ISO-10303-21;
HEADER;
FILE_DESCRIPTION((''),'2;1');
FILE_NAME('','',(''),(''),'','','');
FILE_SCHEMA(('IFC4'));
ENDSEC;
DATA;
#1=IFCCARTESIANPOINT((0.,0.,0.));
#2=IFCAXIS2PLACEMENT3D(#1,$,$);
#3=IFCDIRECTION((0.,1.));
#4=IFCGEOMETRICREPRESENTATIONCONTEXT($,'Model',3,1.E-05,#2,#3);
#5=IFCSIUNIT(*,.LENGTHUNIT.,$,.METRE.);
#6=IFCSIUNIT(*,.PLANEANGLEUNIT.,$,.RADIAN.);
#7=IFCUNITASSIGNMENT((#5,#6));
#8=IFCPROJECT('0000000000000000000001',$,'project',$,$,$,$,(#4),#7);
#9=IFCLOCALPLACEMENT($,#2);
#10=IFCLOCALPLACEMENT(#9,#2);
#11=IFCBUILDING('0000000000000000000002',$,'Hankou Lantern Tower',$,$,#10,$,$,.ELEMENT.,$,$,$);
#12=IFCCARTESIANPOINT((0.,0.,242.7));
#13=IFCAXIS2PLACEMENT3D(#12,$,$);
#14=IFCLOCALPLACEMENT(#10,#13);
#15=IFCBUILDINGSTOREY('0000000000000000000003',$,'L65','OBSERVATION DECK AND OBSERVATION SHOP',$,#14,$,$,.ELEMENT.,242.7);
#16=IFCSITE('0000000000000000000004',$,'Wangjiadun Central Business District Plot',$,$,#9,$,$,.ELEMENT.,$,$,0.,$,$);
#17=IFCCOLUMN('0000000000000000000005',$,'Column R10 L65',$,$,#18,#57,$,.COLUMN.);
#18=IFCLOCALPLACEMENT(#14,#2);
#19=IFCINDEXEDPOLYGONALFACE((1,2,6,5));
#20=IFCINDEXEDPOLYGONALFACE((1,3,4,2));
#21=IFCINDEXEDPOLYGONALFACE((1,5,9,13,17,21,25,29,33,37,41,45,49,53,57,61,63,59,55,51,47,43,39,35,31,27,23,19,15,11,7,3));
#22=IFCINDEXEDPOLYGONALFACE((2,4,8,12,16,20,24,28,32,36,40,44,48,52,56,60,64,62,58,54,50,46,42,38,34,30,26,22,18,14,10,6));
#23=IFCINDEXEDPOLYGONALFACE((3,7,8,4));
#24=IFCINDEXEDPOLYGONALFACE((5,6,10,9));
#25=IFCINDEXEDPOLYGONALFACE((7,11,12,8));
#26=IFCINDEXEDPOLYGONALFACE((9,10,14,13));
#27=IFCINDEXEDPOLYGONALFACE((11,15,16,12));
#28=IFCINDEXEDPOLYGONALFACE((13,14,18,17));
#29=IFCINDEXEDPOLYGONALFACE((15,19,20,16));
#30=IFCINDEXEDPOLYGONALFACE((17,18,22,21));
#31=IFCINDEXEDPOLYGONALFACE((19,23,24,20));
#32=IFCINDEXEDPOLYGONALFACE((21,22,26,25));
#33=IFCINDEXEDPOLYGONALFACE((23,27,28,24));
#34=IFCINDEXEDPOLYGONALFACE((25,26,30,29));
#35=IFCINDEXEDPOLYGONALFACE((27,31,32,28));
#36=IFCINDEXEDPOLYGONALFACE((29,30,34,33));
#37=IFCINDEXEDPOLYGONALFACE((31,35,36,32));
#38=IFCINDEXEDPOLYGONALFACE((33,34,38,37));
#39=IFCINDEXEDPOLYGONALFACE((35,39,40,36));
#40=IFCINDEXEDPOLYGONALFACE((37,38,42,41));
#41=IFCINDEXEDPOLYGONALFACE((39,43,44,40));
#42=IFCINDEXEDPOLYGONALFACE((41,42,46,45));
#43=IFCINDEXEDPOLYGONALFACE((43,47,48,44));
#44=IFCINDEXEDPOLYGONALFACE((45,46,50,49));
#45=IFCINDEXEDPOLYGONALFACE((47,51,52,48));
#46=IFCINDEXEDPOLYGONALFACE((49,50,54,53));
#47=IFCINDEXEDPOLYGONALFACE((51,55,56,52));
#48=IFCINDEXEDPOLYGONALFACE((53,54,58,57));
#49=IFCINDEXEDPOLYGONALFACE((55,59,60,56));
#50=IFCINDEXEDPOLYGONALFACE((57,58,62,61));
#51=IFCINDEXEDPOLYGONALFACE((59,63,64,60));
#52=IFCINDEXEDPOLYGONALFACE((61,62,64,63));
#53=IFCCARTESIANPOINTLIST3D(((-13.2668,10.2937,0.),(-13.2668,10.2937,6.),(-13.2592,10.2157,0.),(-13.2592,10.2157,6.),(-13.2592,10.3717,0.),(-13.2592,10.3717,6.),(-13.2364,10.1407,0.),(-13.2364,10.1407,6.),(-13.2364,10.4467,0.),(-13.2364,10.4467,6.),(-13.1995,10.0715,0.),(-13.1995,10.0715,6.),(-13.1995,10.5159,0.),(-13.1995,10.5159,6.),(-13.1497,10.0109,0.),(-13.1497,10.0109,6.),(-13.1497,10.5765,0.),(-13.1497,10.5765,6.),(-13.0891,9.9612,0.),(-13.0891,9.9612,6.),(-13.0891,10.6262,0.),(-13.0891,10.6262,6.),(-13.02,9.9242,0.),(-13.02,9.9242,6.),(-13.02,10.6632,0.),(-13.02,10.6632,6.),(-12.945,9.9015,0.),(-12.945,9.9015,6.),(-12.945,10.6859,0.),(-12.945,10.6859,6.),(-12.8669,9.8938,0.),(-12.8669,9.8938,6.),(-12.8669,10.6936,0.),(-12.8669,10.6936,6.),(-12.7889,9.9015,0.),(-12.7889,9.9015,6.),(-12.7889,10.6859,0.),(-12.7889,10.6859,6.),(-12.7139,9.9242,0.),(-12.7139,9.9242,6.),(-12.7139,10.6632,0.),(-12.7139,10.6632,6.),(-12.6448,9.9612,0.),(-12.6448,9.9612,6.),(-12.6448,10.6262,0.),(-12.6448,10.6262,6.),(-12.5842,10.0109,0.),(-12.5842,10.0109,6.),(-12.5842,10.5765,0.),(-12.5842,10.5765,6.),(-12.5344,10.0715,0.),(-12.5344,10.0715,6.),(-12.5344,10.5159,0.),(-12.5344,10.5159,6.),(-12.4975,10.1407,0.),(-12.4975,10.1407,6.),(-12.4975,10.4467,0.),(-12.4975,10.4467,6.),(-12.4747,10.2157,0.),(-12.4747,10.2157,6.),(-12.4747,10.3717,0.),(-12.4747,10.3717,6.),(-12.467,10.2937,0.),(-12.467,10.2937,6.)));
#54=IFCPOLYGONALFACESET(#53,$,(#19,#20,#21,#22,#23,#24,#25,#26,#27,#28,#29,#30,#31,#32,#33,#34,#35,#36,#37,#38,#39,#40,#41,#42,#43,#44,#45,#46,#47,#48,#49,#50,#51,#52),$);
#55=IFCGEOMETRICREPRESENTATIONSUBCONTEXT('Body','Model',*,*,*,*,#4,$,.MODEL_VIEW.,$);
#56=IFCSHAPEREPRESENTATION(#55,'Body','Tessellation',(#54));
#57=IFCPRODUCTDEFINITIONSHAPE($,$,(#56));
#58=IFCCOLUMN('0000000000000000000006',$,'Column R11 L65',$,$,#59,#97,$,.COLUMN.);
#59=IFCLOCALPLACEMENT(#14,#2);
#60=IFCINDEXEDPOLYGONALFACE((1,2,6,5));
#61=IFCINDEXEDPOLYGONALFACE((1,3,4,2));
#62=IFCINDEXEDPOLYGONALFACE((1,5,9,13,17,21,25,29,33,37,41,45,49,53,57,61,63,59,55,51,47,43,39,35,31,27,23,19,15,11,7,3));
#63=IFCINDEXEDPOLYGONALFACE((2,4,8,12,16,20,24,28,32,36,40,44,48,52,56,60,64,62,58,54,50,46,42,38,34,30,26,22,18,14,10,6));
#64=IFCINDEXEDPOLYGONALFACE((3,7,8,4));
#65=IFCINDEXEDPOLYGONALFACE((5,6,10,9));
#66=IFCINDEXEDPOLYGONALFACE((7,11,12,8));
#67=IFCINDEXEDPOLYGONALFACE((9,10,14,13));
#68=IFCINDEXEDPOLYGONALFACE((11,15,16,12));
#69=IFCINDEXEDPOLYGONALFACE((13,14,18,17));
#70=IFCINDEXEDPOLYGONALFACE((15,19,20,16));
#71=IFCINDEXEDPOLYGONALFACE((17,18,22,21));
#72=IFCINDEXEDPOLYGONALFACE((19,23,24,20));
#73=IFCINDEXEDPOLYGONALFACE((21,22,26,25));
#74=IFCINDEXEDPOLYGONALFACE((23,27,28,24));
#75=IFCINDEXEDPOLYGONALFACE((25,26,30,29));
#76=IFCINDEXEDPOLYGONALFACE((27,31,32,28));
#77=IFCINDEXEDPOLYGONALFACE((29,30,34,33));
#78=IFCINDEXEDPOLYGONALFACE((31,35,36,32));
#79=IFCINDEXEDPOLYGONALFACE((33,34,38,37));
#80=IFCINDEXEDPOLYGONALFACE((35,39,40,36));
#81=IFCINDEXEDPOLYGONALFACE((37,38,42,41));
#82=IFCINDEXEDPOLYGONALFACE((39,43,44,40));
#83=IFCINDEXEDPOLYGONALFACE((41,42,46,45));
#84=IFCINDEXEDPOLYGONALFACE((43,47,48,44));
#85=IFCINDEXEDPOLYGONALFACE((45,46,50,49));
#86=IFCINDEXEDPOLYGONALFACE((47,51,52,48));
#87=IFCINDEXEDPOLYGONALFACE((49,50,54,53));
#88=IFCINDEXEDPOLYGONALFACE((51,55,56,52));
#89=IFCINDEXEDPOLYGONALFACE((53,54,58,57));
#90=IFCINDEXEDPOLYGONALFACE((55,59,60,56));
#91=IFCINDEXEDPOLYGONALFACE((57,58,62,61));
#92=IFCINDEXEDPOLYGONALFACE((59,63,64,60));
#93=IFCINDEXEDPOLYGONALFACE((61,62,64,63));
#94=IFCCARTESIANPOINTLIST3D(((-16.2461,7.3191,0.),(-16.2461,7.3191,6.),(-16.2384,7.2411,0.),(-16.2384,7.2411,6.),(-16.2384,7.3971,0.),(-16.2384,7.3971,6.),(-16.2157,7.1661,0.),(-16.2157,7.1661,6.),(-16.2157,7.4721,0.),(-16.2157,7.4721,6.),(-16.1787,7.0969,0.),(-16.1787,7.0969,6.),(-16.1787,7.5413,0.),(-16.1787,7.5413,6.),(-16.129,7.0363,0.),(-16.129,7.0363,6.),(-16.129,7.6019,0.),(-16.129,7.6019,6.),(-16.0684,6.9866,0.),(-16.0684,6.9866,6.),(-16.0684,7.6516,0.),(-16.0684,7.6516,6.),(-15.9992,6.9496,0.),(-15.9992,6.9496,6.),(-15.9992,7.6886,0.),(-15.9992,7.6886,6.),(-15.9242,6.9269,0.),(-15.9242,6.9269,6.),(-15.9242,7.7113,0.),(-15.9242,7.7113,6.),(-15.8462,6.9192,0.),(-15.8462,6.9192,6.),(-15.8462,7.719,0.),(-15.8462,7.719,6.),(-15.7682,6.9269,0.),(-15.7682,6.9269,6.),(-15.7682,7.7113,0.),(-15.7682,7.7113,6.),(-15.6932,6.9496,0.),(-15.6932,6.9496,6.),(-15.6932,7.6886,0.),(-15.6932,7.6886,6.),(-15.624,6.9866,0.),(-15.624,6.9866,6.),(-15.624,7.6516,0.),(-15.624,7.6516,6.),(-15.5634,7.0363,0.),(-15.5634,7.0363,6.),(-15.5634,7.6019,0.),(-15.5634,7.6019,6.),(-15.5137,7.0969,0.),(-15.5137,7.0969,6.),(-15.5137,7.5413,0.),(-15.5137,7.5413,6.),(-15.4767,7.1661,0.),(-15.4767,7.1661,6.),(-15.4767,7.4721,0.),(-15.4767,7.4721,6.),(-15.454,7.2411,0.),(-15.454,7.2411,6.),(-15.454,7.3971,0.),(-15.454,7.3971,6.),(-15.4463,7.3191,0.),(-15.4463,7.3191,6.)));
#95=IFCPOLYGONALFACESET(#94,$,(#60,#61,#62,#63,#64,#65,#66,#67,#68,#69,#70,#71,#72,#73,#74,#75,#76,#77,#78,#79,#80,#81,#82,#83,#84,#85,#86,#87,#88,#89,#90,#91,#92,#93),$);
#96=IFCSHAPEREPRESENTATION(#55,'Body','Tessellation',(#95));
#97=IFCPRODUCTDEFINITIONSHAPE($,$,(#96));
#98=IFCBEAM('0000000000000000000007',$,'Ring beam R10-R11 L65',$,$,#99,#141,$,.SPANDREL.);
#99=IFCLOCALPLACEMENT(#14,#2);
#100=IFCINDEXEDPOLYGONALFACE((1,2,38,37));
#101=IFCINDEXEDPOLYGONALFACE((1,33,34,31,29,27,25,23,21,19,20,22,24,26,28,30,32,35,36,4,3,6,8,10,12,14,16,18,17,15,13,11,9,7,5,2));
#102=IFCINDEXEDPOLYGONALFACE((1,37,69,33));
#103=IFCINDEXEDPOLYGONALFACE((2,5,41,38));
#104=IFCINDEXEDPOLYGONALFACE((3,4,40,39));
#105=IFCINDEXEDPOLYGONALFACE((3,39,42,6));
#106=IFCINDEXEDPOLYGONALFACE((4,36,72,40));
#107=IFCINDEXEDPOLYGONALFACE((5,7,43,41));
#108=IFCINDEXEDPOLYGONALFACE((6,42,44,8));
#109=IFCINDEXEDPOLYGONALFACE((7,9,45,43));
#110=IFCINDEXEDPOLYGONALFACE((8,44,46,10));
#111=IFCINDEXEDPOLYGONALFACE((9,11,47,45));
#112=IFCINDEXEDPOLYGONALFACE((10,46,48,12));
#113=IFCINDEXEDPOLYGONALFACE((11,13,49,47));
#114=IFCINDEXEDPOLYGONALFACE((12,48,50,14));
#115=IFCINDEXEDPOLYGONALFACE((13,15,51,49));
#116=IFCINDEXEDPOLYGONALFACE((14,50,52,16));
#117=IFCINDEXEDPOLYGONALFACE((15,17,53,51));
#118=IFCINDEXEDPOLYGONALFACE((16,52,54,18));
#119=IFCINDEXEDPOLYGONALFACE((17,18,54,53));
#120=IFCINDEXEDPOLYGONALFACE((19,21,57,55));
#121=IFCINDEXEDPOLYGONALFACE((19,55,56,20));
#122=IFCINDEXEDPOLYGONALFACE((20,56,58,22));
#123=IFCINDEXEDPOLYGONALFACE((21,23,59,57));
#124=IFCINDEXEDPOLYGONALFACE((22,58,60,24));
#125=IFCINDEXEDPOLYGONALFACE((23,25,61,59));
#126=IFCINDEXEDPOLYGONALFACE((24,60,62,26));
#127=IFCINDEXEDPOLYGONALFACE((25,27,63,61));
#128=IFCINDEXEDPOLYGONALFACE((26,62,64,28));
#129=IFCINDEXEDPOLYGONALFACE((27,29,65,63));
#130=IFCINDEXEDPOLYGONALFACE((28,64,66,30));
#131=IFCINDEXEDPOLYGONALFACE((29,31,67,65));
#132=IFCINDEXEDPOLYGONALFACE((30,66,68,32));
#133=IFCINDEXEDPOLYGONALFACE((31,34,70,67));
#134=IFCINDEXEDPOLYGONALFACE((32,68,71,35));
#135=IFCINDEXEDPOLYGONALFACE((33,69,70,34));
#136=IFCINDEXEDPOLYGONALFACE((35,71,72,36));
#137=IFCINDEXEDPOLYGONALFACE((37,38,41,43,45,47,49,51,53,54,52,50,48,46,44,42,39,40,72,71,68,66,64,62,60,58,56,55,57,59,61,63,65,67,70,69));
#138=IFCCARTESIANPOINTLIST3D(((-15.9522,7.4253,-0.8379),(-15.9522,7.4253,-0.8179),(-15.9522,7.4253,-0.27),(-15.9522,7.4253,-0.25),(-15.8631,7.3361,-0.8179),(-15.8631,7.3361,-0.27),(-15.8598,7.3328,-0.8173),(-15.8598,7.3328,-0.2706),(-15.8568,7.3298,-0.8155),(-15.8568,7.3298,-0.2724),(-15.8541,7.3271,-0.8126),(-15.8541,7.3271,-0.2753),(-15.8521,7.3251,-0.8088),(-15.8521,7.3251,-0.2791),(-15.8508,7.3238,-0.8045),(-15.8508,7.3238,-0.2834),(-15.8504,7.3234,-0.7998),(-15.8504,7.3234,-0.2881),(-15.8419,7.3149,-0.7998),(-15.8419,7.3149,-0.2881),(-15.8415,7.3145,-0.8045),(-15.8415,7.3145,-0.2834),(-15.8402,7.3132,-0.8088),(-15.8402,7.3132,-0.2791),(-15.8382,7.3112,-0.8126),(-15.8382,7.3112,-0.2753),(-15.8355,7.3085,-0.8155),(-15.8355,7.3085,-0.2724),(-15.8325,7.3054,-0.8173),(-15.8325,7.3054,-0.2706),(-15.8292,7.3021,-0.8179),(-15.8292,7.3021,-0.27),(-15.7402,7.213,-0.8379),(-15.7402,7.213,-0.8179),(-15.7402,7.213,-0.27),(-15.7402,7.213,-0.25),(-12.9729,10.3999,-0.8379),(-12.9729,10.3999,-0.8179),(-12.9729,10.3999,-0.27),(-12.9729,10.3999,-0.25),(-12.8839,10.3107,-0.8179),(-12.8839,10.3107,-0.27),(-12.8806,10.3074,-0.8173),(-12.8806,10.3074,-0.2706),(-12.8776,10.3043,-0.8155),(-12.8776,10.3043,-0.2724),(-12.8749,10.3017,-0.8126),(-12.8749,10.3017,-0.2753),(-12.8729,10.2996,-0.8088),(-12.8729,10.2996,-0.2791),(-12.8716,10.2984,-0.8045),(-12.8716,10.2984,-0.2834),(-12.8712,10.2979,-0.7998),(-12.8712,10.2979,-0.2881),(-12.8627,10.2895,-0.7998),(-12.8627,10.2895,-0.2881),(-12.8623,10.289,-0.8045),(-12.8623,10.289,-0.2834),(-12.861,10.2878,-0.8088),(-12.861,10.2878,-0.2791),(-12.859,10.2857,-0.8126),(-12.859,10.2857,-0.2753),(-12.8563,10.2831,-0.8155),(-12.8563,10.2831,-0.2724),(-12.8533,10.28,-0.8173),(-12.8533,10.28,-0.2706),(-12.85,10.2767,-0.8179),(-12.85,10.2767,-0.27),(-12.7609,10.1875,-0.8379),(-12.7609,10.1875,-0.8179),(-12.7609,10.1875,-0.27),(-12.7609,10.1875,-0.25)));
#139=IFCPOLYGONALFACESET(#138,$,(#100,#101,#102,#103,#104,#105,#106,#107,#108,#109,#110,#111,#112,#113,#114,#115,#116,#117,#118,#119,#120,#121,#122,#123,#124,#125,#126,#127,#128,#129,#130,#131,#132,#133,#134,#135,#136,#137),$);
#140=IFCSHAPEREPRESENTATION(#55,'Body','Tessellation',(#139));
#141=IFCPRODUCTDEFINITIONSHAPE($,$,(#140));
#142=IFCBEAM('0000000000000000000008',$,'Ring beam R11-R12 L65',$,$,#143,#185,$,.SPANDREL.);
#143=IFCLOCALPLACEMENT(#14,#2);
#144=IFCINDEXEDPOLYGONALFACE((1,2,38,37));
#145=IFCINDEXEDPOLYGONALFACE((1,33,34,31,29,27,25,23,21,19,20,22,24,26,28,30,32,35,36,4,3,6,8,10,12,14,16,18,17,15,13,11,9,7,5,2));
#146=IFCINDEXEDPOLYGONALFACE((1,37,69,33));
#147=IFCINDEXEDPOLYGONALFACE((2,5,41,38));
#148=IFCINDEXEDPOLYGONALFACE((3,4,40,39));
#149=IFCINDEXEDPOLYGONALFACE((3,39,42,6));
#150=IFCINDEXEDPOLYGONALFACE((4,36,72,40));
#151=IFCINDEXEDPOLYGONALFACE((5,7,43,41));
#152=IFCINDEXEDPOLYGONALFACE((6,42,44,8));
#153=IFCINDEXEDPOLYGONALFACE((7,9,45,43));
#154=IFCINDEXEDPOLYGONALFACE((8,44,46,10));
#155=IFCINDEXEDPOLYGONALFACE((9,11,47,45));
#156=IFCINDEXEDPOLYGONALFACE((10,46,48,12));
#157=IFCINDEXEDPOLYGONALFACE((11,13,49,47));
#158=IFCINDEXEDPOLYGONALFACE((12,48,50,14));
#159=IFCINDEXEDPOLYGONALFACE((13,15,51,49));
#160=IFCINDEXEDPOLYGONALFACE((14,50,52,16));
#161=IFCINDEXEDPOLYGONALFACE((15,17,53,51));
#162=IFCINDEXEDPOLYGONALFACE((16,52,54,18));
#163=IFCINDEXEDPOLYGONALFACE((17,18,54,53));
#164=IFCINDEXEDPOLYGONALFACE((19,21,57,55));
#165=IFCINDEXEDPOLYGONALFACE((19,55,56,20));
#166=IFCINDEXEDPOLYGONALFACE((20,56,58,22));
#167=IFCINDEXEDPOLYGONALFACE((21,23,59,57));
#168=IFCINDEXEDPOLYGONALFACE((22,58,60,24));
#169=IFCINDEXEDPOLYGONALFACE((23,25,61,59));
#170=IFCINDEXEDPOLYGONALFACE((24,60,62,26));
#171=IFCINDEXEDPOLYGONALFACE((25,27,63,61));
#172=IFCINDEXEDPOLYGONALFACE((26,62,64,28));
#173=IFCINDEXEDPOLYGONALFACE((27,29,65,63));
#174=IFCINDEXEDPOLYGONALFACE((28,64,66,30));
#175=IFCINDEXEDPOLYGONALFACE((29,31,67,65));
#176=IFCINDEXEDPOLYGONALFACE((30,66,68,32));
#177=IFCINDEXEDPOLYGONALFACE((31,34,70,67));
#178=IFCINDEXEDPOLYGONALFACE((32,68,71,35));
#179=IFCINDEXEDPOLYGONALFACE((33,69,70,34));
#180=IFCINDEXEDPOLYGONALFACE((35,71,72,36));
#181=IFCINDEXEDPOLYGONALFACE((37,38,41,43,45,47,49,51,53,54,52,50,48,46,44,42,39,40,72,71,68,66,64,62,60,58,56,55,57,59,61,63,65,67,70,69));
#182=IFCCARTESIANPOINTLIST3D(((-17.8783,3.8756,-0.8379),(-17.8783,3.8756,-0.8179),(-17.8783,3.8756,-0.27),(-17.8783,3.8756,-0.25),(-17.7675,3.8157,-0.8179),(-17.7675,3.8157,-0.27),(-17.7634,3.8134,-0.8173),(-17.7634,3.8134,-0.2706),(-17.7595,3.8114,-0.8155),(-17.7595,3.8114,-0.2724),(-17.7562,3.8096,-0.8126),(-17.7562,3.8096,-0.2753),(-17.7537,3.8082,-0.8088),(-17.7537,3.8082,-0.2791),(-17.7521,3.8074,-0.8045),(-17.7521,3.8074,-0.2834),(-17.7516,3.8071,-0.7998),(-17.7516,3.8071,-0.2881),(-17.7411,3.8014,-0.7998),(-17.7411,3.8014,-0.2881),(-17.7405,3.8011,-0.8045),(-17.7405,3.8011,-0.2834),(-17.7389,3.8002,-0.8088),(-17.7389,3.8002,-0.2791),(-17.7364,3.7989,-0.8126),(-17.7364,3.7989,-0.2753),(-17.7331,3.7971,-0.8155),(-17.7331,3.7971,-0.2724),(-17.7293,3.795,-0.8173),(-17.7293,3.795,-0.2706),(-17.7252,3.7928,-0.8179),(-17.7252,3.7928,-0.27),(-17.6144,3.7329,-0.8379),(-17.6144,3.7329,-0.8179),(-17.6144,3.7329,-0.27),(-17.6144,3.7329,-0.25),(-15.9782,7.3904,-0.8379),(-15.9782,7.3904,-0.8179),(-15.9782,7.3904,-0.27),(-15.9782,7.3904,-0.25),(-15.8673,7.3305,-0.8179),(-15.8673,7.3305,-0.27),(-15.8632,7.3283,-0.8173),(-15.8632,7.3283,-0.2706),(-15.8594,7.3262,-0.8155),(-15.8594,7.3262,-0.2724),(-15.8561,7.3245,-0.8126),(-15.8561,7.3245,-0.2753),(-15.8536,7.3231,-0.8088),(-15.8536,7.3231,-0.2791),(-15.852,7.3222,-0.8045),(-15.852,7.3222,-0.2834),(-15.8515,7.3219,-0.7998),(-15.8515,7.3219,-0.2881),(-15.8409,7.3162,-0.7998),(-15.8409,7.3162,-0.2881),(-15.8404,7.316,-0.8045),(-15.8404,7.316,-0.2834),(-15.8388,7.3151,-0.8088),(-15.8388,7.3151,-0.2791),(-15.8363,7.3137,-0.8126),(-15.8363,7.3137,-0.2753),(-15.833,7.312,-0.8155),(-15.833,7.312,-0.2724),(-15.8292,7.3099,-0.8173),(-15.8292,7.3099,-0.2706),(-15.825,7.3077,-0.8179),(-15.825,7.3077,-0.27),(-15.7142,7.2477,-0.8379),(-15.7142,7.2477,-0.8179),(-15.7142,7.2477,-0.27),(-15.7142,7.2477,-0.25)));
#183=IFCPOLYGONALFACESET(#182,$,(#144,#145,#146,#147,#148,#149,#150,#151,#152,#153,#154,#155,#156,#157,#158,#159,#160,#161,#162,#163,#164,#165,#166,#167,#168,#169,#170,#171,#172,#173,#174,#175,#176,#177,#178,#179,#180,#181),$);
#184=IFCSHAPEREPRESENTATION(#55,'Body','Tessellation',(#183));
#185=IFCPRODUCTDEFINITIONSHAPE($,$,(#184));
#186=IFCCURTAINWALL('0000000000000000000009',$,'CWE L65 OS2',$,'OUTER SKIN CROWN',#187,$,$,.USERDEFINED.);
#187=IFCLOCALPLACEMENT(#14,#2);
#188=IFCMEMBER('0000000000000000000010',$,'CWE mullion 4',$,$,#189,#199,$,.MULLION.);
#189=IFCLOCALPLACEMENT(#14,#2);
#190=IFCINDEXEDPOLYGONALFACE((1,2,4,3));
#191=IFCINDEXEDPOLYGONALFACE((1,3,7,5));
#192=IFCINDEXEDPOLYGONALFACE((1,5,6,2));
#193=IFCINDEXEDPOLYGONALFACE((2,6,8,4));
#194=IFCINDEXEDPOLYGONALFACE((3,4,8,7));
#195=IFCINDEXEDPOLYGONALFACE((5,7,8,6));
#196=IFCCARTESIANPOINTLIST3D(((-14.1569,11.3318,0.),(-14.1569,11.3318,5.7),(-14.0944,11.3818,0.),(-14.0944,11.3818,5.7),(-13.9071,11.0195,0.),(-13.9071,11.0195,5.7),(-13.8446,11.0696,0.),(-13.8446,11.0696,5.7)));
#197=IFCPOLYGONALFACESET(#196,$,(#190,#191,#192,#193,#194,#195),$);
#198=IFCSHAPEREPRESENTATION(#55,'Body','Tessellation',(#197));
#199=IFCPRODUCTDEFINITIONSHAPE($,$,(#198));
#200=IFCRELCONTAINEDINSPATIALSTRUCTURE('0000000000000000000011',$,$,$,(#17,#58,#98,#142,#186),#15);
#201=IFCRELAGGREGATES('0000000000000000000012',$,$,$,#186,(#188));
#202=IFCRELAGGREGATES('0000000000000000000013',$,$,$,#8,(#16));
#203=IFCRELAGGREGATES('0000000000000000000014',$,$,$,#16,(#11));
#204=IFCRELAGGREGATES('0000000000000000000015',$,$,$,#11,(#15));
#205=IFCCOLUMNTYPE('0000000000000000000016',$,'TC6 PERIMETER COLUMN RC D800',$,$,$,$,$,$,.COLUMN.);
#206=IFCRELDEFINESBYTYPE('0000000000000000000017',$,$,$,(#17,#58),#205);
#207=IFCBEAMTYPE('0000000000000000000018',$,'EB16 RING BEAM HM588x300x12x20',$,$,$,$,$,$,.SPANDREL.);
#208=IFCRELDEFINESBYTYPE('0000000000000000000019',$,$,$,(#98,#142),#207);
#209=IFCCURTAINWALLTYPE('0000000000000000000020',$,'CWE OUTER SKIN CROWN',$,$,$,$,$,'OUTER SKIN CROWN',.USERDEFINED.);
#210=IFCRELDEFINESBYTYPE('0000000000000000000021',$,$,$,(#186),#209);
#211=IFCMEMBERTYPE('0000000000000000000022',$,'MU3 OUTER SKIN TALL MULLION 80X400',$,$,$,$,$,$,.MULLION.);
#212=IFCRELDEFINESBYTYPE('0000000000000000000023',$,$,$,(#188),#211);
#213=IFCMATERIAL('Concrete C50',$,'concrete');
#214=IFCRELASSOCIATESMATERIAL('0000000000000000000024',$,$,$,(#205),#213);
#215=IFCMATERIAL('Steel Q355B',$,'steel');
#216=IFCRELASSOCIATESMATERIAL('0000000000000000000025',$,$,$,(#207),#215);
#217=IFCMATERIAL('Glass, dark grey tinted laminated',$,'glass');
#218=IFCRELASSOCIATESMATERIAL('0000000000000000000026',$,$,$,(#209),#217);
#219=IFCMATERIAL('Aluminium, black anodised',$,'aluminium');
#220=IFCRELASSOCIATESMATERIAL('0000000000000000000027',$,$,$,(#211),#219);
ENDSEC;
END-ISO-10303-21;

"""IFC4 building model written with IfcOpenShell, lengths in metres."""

from ifc_helpers import new_model, si_unit, direction, frame, origin, origin_2d, place, context, subcontext, project, spatial, rectangle, circle, i_section, extrude, material, material_profile, profile_set, type_object, element, aggregate, save


model = new_model("IFC4")

# Units and contexts
model_context = context("Model", 3, precision=1e-05, world=origin(), true_north=direction((0.0, 1.0)))
body_context = subcontext(model_context, "Body", "Model", "MODEL_VIEW")
ifc_project = project(units=[si_unit("LENGTHUNIT", "METRE"), si_unit("PLANEANGLEUNIT", "RADIAN")], contexts=[model_context])

# Site, building, storey
site_placement = place(None, origin())
site = spatial("IfcSite", under=ifc_project, at=site_placement, Name="Wangjiadun Central Business District Plot", CompositionType="ELEMENT", RefElevation=0.0)
building_placement = place(site_placement, origin())
building = spatial("IfcBuilding", under=site, at=building_placement, Name="Hankou Lantern Tower", CompositionType="ELEMENT")
storey_placement = place(building_placement, frame((0.0, 0.0, 242.7)))
storey = spatial("IfcBuildingStorey", under=building, at=storey_placement, Name="L65", Description="OBSERVATION DECK AND OBSERVATION SHOP", CompositionType="ELEMENT", Elevation=242.7)

# Columns
ifc_material_1 = material(Name="Concrete C50", Category="concrete")
ifc_material_profile_1 = material_profile(ifc_material_1, circle(Radius=0.3999, at=origin_2d()), Name="RC D800")
ifc_profile_set_1 = profile_set([ifc_material_profile_1], Name="Concrete C50")
column_type = type_object("IfcColumnType", Name="TC6 PERIMETER COLUMN RC D800", PredefinedType="COLUMN", material=ifc_profile_set_1)
for number, where, z_axis, x_axis, name in (
    (1, (-12.8669, 10.2937, 0.0), (0.0, 0.0, 1.0), (1.0, 0.0, 0.0), "Column R10 L65"),
    (2, (-15.8462, 7.3191, 0.0), (0.0, 0.0, 1.0), (1.0, 0.0, 0.0), "Column R11 L65"),
):
    element("IfcColumn", number, at=place(storey_placement, frame(where, z_axis=z_axis, x_axis=x_axis)), inside=storey, type_object=column_type, Name=name, PredefinedType="COLUMN", context=body_context, shape_type="SweptSolid", body=[
        extrude(circle(Radius=0.3999, at=origin_2d()), origin(), (0.0, 0.0, 1.0), 6.0),
    ])

# Beams
ifc_material_2 = material(Name="Steel Q355B", Category="steel")
ifc_material_profile_2 = material_profile(ifc_material_2, i_section(OverallWidth=0.3, OverallDepth=0.5879, WebThickness=0.012, FlangeThickness=0.02, FilletRadius=0.0181, at=origin_2d()), Name="HM588x300x12x20")
ifc_profile_set_2 = profile_set([ifc_material_profile_2], Name="Steel Q355B")
beam_type_1 = type_object("IfcBeamType", Name="EB16 RING BEAM HM588x300x12x20", PredefinedType="SPANDREL", material=ifc_profile_set_2)
beam_1_placement = place(storey_placement, frame((-12.8669, 10.2937, -0.5439), z_axis=(-0.707657, -0.706556, 0.0), x_axis=(0.706556, -0.707657, 0.0)))
element("IfcBeam", 3, at=beam_1_placement, inside=storey, type_object=beam_type_1, Name="Ring beam R10-R11 L65", PredefinedType="SPANDREL", context=body_context, shape_type="SweptSolid", body=[
    extrude(i_section(OverallWidth=0.3, OverallDepth=0.5879, WebThickness=0.012, FlangeThickness=0.02, FilletRadius=0.0181, at=origin_2d()), origin(), (0.0, 0.0, 1.0), 4.21),
])
beam_2_placement = place(storey_placement, frame((-15.8462, 7.3191, -0.5439), z_axis=(-0.475557, -0.879685, 0.0), x_axis=(0.879685, -0.475557, 0.0)))
element("IfcBeam", 4, at=beam_2_placement, inside=storey, type_object=beam_type_1, Name="Ring beam R11-R12 L65", PredefinedType="SPANDREL", context=body_context, shape_type="SweptSolid", body=[
    extrude(i_section(OverallWidth=0.3, OverallDepth=0.5879, WebThickness=0.012, FlangeThickness=0.02, FilletRadius=0.0181, at=origin_2d()), origin(), (0.0, 0.0, 1.0), 3.9956),
])

# Curtain wall, member
ifc_material_3 = material(Name="Glass, dark grey tinted laminated", Category="glass")
curtain_wall_type = type_object("IfcCurtainWallType", Name="CWE OUTER SKIN CROWN", ElementType="OUTER SKIN CROWN", PredefinedType="USERDEFINED", material=ifc_material_3)
curtain_wall_placement = place(storey_placement, origin())
curtain_wall = element("IfcCurtainWall", 5, at=curtain_wall_placement, inside=storey, type_object=curtain_wall_type, Name="CWE L65 OS2", ObjectType="OUTER SKIN CROWN", PredefinedType="USERDEFINED")
ifc_material_4 = material(Name="Aluminium, black anodised", Category="aluminium")
ifc_material_profile_3 = material_profile(ifc_material_4, rectangle(XDim=0.0801, YDim=0.3999, at=origin_2d()), Name="MU3 80X400")
ifc_profile_set_3 = profile_set([ifc_material_profile_3], Name="Aluminium, black anodised")
member_type_1 = type_object("IfcMemberType", Name="MU3 OUTER SKIN TALL MULLION 80X400", PredefinedType="MULLION", material=ifc_profile_set_3)
member_1_placement = place(storey_placement, frame((-14.0007, 11.2007, 0.0), z_axis=(0.0, 0.0, 1.0), x_axis=(-0.780869, -0.624695, 0.0)))
member_1 = element("IfcMember", 6, at=member_1_placement, type_object=member_type_1, Name="CWE mullion 4", PredefinedType="MULLION", context=body_context, shape_type="SweptSolid", body=[
    extrude(rectangle(XDim=0.0801, YDim=0.3999, at=origin_2d()), origin(), (0.0, 0.0, 1.0), 5.7),
])

aggregate(curtain_wall, [member_1])

save(model, "model.ifc")
